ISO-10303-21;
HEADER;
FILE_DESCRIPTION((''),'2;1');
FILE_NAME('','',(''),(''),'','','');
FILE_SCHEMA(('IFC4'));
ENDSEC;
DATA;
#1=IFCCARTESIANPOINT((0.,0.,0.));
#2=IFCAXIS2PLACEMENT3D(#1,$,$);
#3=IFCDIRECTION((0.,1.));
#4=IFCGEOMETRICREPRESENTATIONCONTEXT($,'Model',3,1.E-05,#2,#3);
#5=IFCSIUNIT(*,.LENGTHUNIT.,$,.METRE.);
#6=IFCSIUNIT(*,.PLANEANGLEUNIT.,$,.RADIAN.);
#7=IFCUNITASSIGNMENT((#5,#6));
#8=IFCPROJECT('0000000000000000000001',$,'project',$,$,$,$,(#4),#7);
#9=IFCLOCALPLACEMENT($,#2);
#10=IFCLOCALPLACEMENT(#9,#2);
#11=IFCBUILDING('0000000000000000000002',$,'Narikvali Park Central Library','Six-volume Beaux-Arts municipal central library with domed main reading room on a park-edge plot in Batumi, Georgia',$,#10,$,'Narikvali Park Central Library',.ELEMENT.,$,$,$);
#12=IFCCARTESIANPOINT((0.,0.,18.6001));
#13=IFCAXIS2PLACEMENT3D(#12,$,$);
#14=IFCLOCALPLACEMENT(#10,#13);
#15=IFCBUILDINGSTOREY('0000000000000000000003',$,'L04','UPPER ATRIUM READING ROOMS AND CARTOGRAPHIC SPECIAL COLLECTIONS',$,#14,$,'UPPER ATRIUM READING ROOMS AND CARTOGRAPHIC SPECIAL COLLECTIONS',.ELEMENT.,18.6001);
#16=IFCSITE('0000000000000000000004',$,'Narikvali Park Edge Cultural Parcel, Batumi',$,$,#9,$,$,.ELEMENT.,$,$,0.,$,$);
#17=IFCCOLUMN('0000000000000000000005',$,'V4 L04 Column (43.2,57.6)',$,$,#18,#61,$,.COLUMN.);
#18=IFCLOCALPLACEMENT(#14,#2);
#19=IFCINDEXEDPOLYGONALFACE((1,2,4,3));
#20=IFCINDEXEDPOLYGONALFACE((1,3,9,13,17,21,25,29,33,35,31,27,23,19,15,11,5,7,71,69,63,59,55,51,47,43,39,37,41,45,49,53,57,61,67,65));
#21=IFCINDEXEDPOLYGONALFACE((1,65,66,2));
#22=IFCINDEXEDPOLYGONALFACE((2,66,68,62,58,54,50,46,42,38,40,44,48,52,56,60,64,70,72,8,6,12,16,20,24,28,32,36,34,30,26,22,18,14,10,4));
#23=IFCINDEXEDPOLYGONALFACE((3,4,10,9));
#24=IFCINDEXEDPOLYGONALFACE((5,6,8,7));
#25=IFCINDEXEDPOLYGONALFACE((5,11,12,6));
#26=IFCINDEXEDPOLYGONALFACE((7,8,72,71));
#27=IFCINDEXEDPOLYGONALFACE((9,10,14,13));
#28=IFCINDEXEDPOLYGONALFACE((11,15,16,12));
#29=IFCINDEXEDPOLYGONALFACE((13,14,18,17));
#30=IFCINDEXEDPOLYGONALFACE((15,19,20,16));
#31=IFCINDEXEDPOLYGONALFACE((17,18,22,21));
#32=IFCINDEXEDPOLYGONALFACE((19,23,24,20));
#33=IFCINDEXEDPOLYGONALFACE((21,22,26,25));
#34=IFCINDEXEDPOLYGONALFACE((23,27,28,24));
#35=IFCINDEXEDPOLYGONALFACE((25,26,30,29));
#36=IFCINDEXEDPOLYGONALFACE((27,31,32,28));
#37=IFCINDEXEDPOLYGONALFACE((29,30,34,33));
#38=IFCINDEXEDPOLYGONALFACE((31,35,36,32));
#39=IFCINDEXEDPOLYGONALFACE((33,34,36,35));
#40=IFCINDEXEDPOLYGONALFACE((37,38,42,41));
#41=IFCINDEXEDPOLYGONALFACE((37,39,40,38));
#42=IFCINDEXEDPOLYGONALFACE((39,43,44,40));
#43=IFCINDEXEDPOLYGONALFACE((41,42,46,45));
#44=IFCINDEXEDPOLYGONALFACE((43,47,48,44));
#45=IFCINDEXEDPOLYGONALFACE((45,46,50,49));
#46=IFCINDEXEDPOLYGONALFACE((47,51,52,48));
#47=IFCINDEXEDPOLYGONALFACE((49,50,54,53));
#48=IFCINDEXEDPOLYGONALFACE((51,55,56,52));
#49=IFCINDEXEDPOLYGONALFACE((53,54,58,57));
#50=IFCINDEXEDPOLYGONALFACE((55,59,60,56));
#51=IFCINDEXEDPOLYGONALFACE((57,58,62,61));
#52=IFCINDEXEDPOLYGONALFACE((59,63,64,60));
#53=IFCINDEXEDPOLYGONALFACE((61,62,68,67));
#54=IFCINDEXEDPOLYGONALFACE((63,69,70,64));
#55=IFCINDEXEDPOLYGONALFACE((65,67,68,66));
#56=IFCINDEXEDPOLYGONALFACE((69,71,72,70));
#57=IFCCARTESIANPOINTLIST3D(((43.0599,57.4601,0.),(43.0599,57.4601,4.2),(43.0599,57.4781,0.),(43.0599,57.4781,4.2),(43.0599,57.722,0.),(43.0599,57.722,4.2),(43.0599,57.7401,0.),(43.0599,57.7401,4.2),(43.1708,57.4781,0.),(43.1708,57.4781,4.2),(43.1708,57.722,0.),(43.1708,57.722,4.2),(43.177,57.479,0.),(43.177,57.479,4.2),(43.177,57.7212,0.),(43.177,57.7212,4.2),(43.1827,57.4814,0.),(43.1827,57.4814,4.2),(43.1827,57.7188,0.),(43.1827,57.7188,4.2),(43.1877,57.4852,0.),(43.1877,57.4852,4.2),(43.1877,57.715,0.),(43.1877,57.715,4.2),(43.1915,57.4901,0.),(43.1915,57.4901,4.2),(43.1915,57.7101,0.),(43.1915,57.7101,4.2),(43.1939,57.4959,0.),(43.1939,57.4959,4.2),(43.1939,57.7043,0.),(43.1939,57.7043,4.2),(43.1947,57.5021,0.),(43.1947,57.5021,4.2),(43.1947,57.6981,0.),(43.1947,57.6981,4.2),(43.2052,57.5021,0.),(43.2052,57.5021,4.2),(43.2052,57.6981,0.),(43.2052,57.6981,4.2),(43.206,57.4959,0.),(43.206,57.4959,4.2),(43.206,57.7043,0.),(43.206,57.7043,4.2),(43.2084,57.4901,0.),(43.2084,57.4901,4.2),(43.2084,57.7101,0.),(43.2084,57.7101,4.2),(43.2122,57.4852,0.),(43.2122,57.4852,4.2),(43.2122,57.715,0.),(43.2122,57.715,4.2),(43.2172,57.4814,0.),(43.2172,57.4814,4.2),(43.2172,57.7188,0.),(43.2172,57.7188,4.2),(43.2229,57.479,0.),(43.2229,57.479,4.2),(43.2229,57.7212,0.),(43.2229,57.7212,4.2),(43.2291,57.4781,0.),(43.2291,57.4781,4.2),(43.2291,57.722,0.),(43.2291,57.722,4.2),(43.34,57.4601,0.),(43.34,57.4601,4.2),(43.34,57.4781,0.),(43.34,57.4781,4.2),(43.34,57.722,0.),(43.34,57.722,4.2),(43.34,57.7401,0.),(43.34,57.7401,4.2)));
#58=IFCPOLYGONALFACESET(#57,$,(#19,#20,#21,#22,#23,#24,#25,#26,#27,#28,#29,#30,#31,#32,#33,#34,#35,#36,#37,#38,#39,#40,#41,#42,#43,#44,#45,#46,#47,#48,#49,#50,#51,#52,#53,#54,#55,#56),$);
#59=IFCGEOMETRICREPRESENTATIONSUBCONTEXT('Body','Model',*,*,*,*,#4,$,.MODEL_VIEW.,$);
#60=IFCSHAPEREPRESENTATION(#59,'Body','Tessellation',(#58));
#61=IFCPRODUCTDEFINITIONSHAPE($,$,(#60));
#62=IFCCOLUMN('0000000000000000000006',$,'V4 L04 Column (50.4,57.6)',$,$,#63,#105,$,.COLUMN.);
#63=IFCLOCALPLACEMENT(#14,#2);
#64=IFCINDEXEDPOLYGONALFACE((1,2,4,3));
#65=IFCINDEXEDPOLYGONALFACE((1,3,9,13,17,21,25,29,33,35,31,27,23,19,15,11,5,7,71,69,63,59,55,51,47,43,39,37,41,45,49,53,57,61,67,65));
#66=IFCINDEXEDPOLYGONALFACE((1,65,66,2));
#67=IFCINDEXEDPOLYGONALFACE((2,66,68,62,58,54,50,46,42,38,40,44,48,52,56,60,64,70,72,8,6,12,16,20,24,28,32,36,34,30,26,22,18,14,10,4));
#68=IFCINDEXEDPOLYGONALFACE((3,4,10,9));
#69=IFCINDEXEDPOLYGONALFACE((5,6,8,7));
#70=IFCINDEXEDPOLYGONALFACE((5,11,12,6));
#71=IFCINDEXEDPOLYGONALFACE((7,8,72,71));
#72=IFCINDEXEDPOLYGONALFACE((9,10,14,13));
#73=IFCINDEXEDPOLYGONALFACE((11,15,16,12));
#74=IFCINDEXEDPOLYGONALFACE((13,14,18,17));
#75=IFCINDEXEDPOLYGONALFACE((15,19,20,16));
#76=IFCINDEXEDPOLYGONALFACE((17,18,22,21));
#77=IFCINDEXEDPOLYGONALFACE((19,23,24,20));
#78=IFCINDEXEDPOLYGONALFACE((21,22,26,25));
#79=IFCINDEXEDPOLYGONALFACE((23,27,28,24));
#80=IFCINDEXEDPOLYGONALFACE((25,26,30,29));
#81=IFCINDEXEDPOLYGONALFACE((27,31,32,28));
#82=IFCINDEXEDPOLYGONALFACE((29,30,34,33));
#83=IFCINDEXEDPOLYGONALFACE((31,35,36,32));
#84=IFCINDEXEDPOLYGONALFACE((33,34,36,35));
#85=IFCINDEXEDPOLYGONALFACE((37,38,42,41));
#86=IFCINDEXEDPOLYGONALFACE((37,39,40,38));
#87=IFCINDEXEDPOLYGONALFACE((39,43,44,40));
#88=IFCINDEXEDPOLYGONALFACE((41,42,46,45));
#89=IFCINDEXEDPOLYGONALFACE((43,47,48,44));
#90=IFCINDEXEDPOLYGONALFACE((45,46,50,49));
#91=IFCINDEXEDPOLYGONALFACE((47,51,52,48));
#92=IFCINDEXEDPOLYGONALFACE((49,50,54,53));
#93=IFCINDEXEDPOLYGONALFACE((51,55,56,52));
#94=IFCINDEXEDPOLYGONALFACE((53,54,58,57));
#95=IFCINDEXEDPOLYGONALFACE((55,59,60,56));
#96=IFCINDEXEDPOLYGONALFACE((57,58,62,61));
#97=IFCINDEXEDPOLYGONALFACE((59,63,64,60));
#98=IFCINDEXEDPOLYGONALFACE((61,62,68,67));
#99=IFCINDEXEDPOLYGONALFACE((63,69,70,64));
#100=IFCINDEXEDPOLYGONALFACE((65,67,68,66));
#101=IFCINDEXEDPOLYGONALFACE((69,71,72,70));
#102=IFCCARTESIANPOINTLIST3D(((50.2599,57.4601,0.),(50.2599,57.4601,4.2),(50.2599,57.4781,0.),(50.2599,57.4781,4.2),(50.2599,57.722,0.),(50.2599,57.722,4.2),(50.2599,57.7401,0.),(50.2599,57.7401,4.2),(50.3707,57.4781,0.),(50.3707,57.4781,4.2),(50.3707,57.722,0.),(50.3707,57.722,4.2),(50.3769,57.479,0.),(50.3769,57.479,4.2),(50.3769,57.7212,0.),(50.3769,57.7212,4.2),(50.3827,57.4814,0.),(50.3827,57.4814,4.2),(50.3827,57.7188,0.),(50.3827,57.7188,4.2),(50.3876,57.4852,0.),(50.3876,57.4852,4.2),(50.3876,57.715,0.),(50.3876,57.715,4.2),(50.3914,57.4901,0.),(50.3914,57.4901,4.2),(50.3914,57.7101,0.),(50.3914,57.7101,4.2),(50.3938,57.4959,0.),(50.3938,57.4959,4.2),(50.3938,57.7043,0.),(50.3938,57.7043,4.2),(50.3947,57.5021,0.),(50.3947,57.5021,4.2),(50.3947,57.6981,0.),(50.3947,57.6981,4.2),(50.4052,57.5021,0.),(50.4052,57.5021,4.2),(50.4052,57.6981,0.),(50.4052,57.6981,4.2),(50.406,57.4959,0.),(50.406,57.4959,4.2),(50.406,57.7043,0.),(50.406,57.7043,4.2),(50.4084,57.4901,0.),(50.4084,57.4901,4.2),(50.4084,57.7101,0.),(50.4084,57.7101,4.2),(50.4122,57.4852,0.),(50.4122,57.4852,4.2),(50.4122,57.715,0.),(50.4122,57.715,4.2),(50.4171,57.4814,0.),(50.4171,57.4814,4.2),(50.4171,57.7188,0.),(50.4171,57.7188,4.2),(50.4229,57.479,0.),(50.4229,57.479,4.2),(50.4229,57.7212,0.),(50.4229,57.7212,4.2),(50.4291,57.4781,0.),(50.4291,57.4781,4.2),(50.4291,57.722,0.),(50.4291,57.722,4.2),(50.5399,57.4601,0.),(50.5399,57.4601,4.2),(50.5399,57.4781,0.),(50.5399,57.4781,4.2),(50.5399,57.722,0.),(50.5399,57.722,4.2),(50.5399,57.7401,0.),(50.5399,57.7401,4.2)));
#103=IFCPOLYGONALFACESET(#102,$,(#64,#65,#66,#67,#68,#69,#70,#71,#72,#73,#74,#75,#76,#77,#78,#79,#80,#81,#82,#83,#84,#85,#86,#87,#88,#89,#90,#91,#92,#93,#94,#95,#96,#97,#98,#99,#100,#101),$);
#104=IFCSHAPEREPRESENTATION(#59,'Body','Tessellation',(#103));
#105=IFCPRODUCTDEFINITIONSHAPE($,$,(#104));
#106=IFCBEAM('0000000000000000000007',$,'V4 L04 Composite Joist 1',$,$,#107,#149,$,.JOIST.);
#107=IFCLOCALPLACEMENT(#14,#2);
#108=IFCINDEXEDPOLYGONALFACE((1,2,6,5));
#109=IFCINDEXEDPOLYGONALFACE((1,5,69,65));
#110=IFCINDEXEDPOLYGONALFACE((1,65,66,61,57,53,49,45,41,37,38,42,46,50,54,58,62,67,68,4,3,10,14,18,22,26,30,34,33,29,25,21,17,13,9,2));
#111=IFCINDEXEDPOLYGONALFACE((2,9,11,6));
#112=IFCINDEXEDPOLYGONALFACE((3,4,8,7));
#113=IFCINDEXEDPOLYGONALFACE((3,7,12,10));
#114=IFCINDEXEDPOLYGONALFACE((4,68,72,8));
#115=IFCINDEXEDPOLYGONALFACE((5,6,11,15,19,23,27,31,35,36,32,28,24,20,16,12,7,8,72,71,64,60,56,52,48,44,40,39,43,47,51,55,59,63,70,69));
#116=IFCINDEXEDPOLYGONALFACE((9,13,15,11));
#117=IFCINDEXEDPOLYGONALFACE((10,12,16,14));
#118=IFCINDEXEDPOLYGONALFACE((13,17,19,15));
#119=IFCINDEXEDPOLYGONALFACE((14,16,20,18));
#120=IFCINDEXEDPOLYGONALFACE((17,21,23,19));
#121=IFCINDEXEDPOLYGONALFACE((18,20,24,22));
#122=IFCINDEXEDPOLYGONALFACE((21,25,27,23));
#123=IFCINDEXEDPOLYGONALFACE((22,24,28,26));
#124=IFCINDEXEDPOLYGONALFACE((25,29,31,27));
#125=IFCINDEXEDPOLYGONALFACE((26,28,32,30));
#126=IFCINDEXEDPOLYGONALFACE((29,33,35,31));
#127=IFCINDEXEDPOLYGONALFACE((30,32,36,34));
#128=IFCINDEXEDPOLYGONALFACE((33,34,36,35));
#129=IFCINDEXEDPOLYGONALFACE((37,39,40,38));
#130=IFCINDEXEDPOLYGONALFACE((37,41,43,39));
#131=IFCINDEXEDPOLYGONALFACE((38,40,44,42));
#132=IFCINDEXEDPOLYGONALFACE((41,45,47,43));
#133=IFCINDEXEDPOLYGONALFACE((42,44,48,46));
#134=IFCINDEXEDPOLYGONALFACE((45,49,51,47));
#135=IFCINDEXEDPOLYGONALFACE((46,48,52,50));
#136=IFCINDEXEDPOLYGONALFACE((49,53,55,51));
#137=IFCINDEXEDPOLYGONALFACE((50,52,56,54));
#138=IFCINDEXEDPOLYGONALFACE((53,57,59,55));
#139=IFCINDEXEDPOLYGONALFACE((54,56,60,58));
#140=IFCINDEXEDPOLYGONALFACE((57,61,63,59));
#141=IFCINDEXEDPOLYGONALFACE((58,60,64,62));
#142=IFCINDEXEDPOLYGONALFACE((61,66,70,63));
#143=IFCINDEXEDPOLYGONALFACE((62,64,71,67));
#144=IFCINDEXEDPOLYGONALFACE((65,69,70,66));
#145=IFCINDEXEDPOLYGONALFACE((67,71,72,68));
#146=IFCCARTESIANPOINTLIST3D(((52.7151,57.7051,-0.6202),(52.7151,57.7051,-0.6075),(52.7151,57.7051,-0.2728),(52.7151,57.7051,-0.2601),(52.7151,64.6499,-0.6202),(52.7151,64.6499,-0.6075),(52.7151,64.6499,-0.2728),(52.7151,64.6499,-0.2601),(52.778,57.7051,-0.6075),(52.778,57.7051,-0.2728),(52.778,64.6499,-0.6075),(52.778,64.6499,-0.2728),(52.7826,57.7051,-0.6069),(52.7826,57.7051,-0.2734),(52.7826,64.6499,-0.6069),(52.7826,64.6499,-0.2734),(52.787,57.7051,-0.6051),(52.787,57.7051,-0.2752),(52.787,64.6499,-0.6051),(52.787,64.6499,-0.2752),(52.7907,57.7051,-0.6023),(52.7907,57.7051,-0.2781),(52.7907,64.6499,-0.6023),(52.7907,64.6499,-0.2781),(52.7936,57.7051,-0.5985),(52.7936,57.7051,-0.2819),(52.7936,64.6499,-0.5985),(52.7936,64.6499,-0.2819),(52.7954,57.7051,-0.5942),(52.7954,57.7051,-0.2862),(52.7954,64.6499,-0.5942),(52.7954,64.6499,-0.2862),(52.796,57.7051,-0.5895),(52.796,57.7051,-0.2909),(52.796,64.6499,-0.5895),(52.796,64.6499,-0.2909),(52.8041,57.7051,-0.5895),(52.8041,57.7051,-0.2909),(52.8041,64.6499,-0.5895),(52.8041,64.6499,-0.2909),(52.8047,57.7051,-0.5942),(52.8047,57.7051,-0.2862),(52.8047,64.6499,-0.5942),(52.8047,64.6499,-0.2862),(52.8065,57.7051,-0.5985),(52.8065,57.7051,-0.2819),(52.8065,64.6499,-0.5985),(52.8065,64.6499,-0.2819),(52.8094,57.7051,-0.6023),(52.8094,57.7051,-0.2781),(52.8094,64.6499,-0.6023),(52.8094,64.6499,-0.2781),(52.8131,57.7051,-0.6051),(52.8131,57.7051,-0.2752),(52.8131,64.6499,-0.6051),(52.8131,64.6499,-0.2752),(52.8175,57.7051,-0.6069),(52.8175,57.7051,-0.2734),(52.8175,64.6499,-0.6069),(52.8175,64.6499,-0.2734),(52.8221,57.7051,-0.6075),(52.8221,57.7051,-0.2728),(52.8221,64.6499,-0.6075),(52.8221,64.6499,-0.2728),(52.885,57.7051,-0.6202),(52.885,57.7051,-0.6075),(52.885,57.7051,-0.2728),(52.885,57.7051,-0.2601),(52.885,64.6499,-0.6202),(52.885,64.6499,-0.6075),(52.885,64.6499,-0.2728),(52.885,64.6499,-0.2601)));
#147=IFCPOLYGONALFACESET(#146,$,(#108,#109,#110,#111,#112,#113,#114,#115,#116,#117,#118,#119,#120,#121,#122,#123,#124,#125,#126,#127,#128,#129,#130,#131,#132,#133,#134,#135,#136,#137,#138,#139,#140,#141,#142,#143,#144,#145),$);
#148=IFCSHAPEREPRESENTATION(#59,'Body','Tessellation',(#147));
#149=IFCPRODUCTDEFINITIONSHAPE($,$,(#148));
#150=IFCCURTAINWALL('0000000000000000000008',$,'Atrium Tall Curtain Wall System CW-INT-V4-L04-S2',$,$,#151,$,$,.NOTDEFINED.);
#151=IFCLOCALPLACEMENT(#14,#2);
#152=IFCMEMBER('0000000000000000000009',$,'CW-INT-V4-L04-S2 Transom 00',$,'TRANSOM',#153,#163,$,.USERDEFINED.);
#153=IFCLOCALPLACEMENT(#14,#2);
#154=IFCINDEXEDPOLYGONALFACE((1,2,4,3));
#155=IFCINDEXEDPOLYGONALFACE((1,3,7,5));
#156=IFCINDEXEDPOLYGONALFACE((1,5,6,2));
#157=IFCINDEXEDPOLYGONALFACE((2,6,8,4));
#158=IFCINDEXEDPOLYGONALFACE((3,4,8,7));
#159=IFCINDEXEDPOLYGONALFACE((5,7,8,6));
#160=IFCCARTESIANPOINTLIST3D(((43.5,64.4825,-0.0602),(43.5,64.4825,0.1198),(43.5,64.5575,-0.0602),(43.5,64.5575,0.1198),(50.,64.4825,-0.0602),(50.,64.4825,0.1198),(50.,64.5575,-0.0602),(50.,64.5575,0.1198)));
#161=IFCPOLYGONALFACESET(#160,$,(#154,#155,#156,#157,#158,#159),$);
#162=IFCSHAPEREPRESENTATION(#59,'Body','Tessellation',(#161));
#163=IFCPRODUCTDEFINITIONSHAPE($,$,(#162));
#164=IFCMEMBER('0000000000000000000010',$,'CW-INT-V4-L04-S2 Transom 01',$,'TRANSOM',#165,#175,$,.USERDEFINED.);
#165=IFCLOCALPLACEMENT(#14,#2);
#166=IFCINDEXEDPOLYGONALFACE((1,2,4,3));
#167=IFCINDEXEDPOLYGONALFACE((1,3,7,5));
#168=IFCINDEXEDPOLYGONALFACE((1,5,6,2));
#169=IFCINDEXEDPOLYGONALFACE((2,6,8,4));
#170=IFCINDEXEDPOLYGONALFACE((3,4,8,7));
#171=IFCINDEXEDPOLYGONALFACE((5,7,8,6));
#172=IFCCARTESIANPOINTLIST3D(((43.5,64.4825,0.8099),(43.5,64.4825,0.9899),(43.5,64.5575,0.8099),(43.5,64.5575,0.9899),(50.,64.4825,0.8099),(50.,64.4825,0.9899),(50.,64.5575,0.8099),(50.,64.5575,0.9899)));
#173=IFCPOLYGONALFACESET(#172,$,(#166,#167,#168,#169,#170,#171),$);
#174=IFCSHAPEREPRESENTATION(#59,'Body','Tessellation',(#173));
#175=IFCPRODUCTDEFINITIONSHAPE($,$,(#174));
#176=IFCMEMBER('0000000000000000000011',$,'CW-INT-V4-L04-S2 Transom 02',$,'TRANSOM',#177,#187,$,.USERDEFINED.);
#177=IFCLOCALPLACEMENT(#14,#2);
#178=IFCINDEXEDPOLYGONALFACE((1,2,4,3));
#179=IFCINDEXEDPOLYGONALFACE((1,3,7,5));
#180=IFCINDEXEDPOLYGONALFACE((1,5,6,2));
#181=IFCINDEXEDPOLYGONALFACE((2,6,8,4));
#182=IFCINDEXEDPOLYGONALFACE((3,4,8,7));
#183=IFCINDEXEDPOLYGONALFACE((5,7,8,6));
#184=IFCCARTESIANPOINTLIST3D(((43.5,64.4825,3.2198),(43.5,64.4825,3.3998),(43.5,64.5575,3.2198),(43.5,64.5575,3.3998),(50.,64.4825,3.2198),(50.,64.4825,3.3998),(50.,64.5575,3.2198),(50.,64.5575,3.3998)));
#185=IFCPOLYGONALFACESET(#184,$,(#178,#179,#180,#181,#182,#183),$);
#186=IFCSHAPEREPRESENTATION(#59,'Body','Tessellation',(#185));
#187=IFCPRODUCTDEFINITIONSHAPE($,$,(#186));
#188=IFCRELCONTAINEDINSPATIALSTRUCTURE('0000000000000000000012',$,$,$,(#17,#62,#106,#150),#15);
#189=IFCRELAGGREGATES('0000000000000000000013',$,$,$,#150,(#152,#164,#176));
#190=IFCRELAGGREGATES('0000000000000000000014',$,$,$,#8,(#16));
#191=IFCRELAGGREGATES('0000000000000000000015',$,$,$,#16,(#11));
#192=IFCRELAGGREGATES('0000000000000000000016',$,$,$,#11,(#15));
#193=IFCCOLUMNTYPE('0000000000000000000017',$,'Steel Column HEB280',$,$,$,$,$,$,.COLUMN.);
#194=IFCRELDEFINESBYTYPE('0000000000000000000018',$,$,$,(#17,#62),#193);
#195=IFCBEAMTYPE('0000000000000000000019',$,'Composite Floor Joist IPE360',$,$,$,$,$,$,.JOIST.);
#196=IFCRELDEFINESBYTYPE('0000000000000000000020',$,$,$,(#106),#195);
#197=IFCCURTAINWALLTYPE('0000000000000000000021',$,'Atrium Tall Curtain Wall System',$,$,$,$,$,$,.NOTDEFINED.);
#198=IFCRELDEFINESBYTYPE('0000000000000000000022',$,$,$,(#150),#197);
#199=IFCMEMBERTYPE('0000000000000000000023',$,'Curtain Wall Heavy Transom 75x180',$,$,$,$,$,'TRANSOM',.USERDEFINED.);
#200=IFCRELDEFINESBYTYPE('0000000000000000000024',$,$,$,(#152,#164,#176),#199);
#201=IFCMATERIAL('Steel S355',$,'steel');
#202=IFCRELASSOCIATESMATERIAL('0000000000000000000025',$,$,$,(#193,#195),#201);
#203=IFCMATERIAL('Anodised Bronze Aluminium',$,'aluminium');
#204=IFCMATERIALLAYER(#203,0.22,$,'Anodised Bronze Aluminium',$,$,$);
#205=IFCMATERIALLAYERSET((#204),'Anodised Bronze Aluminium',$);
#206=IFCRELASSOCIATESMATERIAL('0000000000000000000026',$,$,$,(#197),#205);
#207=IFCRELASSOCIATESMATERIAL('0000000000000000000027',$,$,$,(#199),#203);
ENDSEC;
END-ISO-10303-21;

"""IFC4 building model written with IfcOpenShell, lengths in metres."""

from ifc_helpers import new_model, si_unit, direction, frame, origin, origin_2d, place, context, subcontext, project, spatial, rectangle, i_section, extrude, material, layer, layer_set, material_profile, profile_set, type_object, element, aggregate, save


model = new_model("IFC4")

# Units and contexts
model_context = context("Model", 3, precision=1e-05, world=origin(), true_north=direction((0.0, 1.0)))
body_context = subcontext(model_context, "Body", "Model", "MODEL_VIEW")
ifc_project = project(units=[si_unit("LENGTHUNIT", "METRE"), si_unit("PLANEANGLEUNIT", "RADIAN")], contexts=[model_context])

# Site, building, storey
site_placement = place(None, origin())
site = spatial("IfcSite", under=ifc_project, at=site_placement, Name="Narikvali Park Edge Cultural Parcel, Batumi", CompositionType="ELEMENT", RefElevation=0.0)
building_placement = place(site_placement, origin())
building = spatial("IfcBuilding", under=site, at=building_placement, Name="Narikvali Park Central Library", Description="Six-volume Beaux-Arts municipal central library with domed main reading room on a park-edge plot in Batumi, Georgia", LongName="Narikvali Park Central Library", CompositionType="ELEMENT")
storey_placement = place(building_placement, frame((0.0, 0.0, 18.6001)))
storey = spatial("IfcBuildingStorey", under=building, at=storey_placement, Name="L04", Description="UPPER ATRIUM READING ROOMS AND CARTOGRAPHIC SPECIAL COLLECTIONS", LongName="UPPER ATRIUM READING ROOMS AND CARTOGRAPHIC SPECIAL COLLECTIONS", CompositionType="ELEMENT", Elevation=18.6001)

# Columns
ifc_material_1 = material(Name="Steel S355", Category="steel")
ifc_material_profile_1 = material_profile(ifc_material_1, i_section(OverallWidth=0.28, OverallDepth=0.28, WebThickness=0.0105, FlangeThickness=0.0181, FilletRadius=0.0239, at=origin_2d()), Name="HEB 280")
ifc_profile_set_1 = profile_set([ifc_material_profile_1], Name="Steel S355")
column_type = type_object("IfcColumnType", Name="Steel Column HEB280", PredefinedType="COLUMN", material=ifc_profile_set_1)
for number, where, z_axis, x_axis, name in (
    (1, (43.2, 57.6001, 0.0), (0.0, 0.0, 1.0), (1.0, 0.0, 0.0), "V4 L04 Column (43.2,57.6)"),
    (2, (50.3999, 57.6001, 0.0), (0.0, 0.0, 1.0), (1.0, 0.0, 0.0), "V4 L04 Column (50.4,57.6)"),
):
    element("IfcColumn", number, at=place(storey_placement, frame(where, z_axis=z_axis, x_axis=x_axis)), inside=storey, type_object=column_type, Name=name, PredefinedType="COLUMN", context=body_context, shape_type="SweptSolid", body=[
        extrude(i_section(OverallWidth=0.28, OverallDepth=0.28, WebThickness=0.0105, FlangeThickness=0.0181, FilletRadius=0.0239, at=origin_2d()), origin(), (0.0, 0.0, 1.0), 4.2),
    ])

# Beam
ifc_material_profile_2 = material_profile(ifc_material_1, i_section(OverallWidth=0.1699, OverallDepth=0.3601, WebThickness=0.0081, FlangeThickness=0.0127, FilletRadius=0.0181, at=origin_2d()), Name="IPE 360")
ifc_profile_set_2 = profile_set([ifc_material_profile_2], Name="Steel S355")
beam_type_1 = type_object("IfcBeamType", Name="Composite Floor Joist IPE360", PredefinedType="JOIST", material=ifc_profile_set_2)
beam_placement = place(storey_placement, frame((52.8, 57.7051, -0.4402), z_axis=(0.0, 1.0, 0.0), x_axis=(-1.0, 0.0, 0.0)))
element("IfcBeam", 3, at=beam_placement, inside=storey, type_object=beam_type_1, Name="V4 L04 Composite Joist 1", PredefinedType="JOIST", context=body_context, shape_type="SweptSolid", body=[
    extrude(i_section(OverallWidth=0.1699, OverallDepth=0.3601, WebThickness=0.0081, FlangeThickness=0.0127, FilletRadius=0.0181, at=origin_2d()), origin(), (0.0, 0.0, 1.0), 6.9448),
])

# Curtain wall, members
ifc_material_2 = material(Name="Anodised Bronze Aluminium", Category="aluminium")
ifc_layer_1 = layer(ifc_material_2, 0.22, Name="Anodised Bronze Aluminium")
ifc_layer_set_1 = layer_set([ifc_layer_1], Name="Anodised Bronze Aluminium")
curtain_wall_type = type_object("IfcCurtainWallType", Name="Atrium Tall Curtain Wall System", PredefinedType="NOTDEFINED", material=ifc_layer_set_1)
curtain_wall_placement = place(storey_placement, origin())
curtain_wall = element("IfcCurtainWall", 4, at=curtain_wall_placement, inside=storey, type_object=curtain_wall_type, Name="Atrium Tall Curtain Wall System CW-INT-V4-L04-S2", PredefinedType="NOTDEFINED")
ifc_material_profile_3 = material_profile(ifc_material_2, rectangle(XDim=0.075, YDim=0.1799, at=origin_2d()), Name="CW TRANSOM 75x180")
ifc_profile_set_3 = profile_set([ifc_material_profile_3], Name="Anodised Bronze Aluminium")
member_type_1 = type_object("IfcMemberType", Name="Curtain Wall Heavy Transom 75x180", ElementType="TRANSOM", PredefinedType="USERDEFINED", material=ifc_profile_set_3)
member_1_placement = place(storey_placement, frame((43.5, 64.52, 0.0298), z_axis=(1.0, 0.0, 0.0), x_axis=(0.0, 1.0, 0.0)))
member_1 = element("IfcMember", 5, at=member_1_placement, type_object=member_type_1, Name="CW-INT-V4-L04-S2 Transom 00", ObjectType="TRANSOM", PredefinedType="USERDEFINED", context=body_context, shape_type="SweptSolid", body=[
    extrude(rectangle(XDim=0.075, YDim=0.1799, at=origin_2d()), origin(), (0.0, 0.0, 1.0), 6.5),
])
member_2_placement = place(storey_placement, frame((43.5, 64.52, 0.8999), z_axis=(1.0, 0.0, 0.0), x_axis=(0.0, 1.0, 0.0)))
member_2 = element("IfcMember", 6, at=member_2_placement, type_object=member_type_1, Name="CW-INT-V4-L04-S2 Transom 01", ObjectType="TRANSOM", PredefinedType="USERDEFINED", context=body_context, shape_type="SweptSolid", body=[
    extrude(rectangle(XDim=0.075, YDim=0.1799, at=origin_2d()), origin(), (0.0, 0.0, 1.0), 6.5),
])
member_3_placement = place(storey_placement, frame((43.5, 64.52, 3.3098), z_axis=(1.0, 0.0, 0.0), x_axis=(0.0, 1.0, 0.0)))
member_3 = element("IfcMember", 7, at=member_3_placement, type_object=member_type_1, Name="CW-INT-V4-L04-S2 Transom 02", ObjectType="TRANSOM", PredefinedType="USERDEFINED", context=body_context, shape_type="SweptSolid", body=[
    extrude(rectangle(XDim=0.075, YDim=0.1799, at=origin_2d()), origin(), (0.0, 0.0, 1.0), 6.5),
])

aggregate(curtain_wall, [member_1, member_2, member_3])

save(model, "model.ifc")
